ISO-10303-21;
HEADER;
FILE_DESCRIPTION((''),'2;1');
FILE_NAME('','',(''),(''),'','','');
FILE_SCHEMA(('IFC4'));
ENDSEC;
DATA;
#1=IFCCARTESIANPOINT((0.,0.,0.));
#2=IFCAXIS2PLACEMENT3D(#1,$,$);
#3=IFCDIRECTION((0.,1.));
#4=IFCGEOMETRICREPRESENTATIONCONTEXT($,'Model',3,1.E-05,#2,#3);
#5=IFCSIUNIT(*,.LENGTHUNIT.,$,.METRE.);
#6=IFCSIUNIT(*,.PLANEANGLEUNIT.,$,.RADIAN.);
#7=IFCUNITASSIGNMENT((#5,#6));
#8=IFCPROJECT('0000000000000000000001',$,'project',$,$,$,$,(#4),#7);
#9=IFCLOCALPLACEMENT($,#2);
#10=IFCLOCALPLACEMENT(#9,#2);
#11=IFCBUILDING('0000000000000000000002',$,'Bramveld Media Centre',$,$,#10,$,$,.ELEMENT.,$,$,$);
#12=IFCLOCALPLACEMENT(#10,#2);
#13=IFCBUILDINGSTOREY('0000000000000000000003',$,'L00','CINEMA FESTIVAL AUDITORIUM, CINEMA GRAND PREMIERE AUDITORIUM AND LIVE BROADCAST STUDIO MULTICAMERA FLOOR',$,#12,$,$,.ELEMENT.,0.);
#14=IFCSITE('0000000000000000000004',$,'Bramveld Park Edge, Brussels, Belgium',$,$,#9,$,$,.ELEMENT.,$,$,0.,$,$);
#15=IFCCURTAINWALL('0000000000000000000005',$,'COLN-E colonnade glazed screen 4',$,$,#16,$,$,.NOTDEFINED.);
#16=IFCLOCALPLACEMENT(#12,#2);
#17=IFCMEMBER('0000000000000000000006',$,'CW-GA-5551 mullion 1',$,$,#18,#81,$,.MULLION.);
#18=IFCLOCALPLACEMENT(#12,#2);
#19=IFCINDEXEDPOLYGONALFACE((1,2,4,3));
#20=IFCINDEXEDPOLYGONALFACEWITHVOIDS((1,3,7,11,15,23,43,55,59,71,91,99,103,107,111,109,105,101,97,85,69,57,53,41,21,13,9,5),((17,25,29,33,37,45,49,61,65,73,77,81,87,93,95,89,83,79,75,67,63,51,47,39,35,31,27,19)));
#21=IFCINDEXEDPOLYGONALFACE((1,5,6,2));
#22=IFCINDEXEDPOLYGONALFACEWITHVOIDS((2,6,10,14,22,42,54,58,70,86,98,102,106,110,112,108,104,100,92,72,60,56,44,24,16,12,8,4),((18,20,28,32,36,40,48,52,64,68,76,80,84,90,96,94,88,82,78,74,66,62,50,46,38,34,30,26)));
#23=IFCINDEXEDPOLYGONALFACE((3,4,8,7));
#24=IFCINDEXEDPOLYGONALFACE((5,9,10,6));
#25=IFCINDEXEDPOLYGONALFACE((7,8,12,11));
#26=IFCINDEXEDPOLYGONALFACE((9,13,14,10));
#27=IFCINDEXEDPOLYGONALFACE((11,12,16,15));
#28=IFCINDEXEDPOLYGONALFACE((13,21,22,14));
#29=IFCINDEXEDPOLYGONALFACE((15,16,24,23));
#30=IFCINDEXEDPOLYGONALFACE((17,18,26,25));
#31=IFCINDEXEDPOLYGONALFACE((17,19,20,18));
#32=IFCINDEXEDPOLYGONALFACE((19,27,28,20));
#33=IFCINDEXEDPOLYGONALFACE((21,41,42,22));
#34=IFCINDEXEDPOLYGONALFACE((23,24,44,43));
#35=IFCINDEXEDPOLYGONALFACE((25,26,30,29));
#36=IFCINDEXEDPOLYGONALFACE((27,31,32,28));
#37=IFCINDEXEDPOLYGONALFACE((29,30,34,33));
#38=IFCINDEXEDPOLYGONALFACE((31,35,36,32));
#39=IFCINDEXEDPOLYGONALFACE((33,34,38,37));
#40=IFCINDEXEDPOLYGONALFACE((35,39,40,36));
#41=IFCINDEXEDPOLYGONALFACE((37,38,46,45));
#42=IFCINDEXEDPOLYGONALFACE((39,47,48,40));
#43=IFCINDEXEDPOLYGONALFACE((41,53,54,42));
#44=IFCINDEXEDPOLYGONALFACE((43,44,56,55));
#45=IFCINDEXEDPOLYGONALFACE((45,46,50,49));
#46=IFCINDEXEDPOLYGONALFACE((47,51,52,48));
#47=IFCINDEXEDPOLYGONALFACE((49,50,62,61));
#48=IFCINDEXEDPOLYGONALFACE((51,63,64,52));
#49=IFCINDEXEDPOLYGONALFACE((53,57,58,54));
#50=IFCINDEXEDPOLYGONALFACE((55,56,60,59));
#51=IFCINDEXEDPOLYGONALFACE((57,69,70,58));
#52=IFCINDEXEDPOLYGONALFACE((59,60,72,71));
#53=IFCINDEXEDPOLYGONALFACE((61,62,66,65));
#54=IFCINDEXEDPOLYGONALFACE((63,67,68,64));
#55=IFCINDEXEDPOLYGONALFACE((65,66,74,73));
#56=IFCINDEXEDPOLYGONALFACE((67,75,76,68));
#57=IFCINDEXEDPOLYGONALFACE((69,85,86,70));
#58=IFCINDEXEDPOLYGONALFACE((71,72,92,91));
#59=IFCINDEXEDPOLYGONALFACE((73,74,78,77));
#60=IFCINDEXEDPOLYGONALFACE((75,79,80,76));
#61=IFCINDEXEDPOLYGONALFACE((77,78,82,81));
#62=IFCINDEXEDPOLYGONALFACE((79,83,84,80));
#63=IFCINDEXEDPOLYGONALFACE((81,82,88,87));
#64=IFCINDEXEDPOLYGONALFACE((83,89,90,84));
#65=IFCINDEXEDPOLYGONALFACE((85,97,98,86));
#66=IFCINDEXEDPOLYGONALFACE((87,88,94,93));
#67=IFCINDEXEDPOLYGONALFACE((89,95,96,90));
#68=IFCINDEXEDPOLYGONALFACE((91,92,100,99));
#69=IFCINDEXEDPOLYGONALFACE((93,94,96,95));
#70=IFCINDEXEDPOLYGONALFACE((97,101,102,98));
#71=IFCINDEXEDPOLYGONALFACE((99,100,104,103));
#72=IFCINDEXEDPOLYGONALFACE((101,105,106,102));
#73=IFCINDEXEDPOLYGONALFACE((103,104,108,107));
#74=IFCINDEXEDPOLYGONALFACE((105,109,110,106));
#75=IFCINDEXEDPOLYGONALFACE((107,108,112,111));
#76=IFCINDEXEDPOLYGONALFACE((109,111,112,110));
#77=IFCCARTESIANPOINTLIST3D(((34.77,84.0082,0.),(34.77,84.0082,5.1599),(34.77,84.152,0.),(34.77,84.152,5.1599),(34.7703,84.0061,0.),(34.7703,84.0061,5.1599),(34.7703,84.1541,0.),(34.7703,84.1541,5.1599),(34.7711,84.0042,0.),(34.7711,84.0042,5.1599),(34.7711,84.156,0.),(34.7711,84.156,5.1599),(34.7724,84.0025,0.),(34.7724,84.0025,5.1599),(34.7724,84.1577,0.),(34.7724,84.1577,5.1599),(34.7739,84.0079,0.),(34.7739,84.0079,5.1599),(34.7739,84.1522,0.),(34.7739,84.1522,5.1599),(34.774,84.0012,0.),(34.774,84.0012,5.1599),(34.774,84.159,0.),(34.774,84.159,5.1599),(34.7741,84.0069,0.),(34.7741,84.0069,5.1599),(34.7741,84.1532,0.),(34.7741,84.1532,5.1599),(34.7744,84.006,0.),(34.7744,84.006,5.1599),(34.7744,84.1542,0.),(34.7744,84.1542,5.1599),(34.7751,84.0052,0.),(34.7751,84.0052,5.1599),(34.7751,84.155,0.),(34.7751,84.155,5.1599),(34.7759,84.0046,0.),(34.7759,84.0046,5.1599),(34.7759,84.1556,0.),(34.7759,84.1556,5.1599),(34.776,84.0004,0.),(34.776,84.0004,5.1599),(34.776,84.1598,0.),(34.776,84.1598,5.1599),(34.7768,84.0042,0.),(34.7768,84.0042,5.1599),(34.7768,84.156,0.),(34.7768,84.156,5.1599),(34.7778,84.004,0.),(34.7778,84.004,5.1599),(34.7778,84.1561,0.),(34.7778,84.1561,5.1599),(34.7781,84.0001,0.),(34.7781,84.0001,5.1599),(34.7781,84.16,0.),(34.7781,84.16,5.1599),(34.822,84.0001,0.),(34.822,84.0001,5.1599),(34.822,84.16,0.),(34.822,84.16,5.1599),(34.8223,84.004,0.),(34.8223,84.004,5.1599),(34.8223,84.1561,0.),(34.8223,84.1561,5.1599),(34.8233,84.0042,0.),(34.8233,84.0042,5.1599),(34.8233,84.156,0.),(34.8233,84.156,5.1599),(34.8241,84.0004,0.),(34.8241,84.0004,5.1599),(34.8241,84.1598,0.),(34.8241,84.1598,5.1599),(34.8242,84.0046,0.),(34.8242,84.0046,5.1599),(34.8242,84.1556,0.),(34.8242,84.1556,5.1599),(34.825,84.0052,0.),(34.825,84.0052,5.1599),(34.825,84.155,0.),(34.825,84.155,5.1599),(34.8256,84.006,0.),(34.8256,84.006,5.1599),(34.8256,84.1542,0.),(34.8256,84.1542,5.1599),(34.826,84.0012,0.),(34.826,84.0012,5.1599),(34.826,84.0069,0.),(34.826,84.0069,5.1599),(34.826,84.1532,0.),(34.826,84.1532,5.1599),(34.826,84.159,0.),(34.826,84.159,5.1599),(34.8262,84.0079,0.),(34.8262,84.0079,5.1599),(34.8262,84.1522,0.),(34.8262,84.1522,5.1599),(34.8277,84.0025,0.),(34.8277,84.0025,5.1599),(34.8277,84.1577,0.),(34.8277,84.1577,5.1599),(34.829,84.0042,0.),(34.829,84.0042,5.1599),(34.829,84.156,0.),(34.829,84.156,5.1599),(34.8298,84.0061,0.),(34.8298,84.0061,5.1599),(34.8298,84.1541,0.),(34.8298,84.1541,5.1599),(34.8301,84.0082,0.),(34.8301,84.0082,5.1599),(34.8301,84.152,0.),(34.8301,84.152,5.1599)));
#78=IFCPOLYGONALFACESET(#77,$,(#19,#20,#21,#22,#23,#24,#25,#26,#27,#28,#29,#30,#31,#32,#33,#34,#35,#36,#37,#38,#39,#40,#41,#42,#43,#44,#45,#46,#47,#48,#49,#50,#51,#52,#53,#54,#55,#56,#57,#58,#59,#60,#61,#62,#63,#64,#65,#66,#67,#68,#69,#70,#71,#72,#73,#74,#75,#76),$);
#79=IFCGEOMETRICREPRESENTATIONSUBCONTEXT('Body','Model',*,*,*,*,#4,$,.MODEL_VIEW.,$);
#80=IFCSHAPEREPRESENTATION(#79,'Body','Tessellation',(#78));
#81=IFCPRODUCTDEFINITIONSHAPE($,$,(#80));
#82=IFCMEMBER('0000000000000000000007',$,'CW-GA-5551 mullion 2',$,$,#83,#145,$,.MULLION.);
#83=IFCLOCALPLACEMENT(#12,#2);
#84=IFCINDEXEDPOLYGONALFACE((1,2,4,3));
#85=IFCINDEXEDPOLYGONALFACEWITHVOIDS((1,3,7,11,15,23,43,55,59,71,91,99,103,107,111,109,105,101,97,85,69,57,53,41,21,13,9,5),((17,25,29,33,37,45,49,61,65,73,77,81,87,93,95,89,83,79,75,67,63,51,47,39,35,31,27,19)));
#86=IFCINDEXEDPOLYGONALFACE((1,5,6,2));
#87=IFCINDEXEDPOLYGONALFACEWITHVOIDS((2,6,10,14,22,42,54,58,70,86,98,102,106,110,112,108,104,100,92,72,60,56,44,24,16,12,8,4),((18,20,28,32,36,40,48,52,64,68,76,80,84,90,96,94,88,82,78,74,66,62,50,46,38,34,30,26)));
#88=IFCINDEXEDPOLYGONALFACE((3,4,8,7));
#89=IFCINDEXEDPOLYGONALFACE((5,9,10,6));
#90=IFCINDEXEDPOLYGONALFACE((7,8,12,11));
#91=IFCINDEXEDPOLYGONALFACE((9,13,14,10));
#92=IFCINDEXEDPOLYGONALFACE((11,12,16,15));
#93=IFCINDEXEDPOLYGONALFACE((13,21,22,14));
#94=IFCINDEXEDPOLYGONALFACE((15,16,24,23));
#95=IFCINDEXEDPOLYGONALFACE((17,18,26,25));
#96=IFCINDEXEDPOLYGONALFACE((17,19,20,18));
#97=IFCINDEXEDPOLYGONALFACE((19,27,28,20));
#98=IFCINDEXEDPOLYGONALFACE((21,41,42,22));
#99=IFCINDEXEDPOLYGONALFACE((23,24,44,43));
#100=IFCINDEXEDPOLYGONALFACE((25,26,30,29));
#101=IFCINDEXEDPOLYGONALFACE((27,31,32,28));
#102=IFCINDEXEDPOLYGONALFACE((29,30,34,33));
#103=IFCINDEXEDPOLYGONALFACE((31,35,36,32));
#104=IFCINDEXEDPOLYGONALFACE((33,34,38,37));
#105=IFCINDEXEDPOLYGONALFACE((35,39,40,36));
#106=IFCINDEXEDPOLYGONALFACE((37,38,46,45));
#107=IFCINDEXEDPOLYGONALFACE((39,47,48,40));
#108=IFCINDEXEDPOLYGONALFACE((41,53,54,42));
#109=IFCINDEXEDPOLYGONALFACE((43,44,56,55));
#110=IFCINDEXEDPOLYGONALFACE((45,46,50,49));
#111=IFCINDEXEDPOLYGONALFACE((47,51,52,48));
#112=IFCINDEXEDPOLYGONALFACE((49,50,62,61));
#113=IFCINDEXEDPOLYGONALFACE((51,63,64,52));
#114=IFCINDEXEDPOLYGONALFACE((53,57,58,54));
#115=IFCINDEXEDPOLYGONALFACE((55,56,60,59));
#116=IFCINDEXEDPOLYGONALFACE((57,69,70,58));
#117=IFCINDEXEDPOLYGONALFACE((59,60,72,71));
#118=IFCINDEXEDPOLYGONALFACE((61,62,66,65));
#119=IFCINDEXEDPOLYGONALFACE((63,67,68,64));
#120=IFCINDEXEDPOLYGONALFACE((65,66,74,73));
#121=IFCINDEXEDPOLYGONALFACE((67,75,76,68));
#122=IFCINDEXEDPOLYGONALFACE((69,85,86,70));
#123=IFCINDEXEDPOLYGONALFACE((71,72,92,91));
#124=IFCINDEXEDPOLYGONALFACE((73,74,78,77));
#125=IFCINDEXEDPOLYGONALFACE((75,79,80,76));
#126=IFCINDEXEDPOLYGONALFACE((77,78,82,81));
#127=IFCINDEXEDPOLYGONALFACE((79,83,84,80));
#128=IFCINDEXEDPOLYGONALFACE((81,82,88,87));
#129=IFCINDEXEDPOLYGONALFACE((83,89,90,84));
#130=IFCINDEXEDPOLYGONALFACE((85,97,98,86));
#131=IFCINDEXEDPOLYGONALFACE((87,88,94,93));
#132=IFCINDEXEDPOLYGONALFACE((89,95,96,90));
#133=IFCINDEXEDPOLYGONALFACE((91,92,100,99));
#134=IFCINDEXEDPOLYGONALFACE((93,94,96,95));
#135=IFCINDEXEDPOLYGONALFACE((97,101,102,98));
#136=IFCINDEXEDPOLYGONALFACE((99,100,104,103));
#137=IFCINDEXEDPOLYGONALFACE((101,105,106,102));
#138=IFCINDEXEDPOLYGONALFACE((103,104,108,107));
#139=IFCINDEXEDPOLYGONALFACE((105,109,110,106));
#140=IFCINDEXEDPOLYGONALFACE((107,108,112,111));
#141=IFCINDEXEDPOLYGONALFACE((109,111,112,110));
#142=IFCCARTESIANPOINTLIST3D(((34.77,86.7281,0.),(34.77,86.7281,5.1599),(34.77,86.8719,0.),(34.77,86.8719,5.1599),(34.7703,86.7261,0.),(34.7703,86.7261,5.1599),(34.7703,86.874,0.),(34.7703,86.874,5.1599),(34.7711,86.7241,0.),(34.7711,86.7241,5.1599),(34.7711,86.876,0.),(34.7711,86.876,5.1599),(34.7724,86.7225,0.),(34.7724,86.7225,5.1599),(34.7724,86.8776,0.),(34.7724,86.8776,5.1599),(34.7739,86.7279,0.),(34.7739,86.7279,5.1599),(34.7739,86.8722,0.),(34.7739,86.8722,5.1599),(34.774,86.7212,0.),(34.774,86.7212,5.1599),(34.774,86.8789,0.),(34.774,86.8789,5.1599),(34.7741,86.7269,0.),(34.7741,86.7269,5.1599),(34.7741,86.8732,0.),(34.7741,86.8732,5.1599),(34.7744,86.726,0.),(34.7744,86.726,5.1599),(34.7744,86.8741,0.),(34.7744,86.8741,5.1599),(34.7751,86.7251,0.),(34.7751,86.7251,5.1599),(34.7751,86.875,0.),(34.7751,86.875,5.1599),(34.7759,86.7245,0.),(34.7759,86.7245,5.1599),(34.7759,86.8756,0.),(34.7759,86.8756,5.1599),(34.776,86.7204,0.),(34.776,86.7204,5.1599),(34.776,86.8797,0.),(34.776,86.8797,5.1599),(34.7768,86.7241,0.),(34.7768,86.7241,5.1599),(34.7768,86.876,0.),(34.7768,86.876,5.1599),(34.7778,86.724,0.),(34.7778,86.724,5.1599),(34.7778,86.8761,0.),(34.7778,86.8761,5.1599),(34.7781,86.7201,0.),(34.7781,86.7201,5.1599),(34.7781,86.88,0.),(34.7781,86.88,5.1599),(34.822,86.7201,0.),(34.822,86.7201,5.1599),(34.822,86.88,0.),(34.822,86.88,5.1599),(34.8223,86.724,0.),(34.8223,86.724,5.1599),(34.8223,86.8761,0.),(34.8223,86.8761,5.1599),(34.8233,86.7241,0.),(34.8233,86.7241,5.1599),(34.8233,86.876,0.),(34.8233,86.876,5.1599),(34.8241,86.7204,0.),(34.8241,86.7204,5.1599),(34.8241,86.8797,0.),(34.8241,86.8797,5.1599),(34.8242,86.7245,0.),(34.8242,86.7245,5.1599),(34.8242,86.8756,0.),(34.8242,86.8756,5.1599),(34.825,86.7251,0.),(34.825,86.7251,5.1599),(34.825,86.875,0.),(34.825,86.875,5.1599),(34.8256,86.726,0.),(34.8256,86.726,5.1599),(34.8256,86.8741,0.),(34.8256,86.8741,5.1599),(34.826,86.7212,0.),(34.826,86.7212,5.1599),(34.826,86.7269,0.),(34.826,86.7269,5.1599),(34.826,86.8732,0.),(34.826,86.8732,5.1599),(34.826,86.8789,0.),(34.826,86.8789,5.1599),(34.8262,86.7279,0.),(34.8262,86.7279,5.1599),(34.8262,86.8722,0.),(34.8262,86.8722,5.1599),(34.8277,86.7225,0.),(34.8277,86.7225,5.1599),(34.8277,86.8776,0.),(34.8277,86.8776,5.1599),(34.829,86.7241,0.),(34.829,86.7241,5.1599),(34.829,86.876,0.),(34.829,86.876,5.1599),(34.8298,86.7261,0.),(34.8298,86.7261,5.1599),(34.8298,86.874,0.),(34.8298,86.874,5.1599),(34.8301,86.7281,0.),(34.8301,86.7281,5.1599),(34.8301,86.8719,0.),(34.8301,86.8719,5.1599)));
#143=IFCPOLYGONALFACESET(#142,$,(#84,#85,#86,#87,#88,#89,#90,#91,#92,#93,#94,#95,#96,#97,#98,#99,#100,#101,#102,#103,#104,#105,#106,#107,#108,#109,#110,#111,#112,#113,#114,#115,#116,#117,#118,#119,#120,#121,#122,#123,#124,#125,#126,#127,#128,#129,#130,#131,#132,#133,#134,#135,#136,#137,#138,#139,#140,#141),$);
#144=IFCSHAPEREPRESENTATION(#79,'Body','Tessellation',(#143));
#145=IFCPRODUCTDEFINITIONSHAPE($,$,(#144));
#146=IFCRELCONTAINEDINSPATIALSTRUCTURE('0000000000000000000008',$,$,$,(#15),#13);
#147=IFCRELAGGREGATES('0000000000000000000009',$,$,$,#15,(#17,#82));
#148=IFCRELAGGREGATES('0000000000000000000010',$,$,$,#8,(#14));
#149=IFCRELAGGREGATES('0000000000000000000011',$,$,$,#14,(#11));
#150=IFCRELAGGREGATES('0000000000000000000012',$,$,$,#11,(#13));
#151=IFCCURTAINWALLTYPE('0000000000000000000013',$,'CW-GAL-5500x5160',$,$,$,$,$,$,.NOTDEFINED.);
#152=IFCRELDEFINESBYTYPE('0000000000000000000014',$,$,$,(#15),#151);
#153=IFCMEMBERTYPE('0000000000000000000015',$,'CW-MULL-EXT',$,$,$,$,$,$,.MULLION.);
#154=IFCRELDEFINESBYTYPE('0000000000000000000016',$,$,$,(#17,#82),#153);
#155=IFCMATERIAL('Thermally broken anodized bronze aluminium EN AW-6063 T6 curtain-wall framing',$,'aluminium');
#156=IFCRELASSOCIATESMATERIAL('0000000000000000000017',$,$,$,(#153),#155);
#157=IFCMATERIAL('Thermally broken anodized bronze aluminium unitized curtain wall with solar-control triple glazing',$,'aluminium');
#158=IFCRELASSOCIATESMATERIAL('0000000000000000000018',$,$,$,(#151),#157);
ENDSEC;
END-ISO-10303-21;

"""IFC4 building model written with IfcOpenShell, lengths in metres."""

from ifc_helpers import new_model, si_unit, direction, frame, origin, origin_2d, place, context, subcontext, project, spatial, hollow_rectangle, extrude, material, material_profile, profile_set, type_object, element, aggregate, save


model = new_model("IFC4")

# Units and contexts
model_context = context("Model", 3, precision=1e-05, world=origin(), true_north=direction((0.0, 1.0)))
body_context = subcontext(model_context, "Body", "Model", "MODEL_VIEW")
ifc_project = project(units=[si_unit("LENGTHUNIT", "METRE"), si_unit("PLANEANGLEUNIT", "RADIAN")], contexts=[model_context])

# Site, building, storey
site_placement = place(None, origin())
site = spatial("IfcSite", under=ifc_project, at=site_placement, Name="Bramveld Park Edge, Brussels, Belgium", CompositionType="ELEMENT", RefElevation=0.0)
building_placement = place(site_placement, origin())
building = spatial("IfcBuilding", under=site, at=building_placement, Name="Bramveld Media Centre", CompositionType="ELEMENT")
storey_placement = place(building_placement, origin())
storey = spatial("IfcBuildingStorey", under=building, at=storey_placement, Name="L00", Description="CINEMA FESTIVAL AUDITORIUM, CINEMA GRAND PREMIERE AUDITORIUM AND LIVE BROADCAST STUDIO MULTICAMERA FLOOR", CompositionType="ELEMENT", Elevation=0.0)

# Curtain wall, members
ifc_material_1 = material(Name="Thermally broken anodized bronze aluminium EN AW-6063 T6 curtain-wall framing", Category="aluminium")
ifc_material_profile_1 = material_profile(ifc_material_1, hollow_rectangle(XDim=0.0601, YDim=0.1599, WallThickness=0.0039, InnerFilletRadius=0.0039, OuterFilletRadius=0.0081, at=origin_2d()), Name="AL-MULL 60x160")
ifc_profile_set_1 = profile_set([ifc_material_profile_1], Name="Thermally broken anodized bronze aluminium EN AW-6063 T6 curtain-wall framing")
member_type_1 = type_object("IfcMemberType", Name="CW-MULL-EXT", PredefinedType="MULLION", material=ifc_profile_set_1)
ifc_material_2 = material(Name="Thermally broken anodized bronze aluminium unitized curtain wall with solar-control triple glazing", Category="aluminium")
curtain_wall_type_1 = type_object("IfcCurtainWallType", Name="CW-GAL-5500x5160", PredefinedType="NOTDEFINED", material=ifc_material_2)
curtain_wall_1_placement = place(storey_placement, origin())
curtain_wall_1 = element("IfcCurtainWall", 1, at=curtain_wall_1_placement, inside=storey, type_object=curtain_wall_type_1, Name="COLN-E colonnade glazed screen 4", PredefinedType="NOTDEFINED")
member_1_placement = place(storey_placement, frame((34.8, 84.0801, 0.0), z_axis=(0.0, 0.0, 1.0), x_axis=(-1.0, 0.0, 0.0)))
member_1 = element("IfcMember", 2, at=member_1_placement, type_object=member_type_1, Name="CW-GA-5551 mullion 1", PredefinedType="MULLION", context=body_context, shape_type="SweptSolid", body=[
    extrude(hollow_rectangle(XDim=0.0601, YDim=0.1599, WallThickness=0.0039, InnerFilletRadius=0.0039, OuterFilletRadius=0.0081, at=origin_2d()), origin(), (0.0, 0.0, 1.0), 5.1599),
])
member_2_placement = place(storey_placement, frame((34.8, 86.8, 0.0), z_axis=(0.0, 0.0, 1.0), x_axis=(-1.0, 0.0, 0.0)))
member_2 = element("IfcMember", 3, at=member_2_placement, type_object=member_type_1, Name="CW-GA-5551 mullion 2", PredefinedType="MULLION", context=body_context, shape_type="SweptSolid", body=[
    extrude(hollow_rectangle(XDim=0.0601, YDim=0.1599, WallThickness=0.0039, InnerFilletRadius=0.0039, OuterFilletRadius=0.0081, at=origin_2d()), origin(), (0.0, 0.0, 1.0), 5.1599),
])

aggregate(curtain_wall_1, [member_1, member_2])

save(model, "model.ifc")
